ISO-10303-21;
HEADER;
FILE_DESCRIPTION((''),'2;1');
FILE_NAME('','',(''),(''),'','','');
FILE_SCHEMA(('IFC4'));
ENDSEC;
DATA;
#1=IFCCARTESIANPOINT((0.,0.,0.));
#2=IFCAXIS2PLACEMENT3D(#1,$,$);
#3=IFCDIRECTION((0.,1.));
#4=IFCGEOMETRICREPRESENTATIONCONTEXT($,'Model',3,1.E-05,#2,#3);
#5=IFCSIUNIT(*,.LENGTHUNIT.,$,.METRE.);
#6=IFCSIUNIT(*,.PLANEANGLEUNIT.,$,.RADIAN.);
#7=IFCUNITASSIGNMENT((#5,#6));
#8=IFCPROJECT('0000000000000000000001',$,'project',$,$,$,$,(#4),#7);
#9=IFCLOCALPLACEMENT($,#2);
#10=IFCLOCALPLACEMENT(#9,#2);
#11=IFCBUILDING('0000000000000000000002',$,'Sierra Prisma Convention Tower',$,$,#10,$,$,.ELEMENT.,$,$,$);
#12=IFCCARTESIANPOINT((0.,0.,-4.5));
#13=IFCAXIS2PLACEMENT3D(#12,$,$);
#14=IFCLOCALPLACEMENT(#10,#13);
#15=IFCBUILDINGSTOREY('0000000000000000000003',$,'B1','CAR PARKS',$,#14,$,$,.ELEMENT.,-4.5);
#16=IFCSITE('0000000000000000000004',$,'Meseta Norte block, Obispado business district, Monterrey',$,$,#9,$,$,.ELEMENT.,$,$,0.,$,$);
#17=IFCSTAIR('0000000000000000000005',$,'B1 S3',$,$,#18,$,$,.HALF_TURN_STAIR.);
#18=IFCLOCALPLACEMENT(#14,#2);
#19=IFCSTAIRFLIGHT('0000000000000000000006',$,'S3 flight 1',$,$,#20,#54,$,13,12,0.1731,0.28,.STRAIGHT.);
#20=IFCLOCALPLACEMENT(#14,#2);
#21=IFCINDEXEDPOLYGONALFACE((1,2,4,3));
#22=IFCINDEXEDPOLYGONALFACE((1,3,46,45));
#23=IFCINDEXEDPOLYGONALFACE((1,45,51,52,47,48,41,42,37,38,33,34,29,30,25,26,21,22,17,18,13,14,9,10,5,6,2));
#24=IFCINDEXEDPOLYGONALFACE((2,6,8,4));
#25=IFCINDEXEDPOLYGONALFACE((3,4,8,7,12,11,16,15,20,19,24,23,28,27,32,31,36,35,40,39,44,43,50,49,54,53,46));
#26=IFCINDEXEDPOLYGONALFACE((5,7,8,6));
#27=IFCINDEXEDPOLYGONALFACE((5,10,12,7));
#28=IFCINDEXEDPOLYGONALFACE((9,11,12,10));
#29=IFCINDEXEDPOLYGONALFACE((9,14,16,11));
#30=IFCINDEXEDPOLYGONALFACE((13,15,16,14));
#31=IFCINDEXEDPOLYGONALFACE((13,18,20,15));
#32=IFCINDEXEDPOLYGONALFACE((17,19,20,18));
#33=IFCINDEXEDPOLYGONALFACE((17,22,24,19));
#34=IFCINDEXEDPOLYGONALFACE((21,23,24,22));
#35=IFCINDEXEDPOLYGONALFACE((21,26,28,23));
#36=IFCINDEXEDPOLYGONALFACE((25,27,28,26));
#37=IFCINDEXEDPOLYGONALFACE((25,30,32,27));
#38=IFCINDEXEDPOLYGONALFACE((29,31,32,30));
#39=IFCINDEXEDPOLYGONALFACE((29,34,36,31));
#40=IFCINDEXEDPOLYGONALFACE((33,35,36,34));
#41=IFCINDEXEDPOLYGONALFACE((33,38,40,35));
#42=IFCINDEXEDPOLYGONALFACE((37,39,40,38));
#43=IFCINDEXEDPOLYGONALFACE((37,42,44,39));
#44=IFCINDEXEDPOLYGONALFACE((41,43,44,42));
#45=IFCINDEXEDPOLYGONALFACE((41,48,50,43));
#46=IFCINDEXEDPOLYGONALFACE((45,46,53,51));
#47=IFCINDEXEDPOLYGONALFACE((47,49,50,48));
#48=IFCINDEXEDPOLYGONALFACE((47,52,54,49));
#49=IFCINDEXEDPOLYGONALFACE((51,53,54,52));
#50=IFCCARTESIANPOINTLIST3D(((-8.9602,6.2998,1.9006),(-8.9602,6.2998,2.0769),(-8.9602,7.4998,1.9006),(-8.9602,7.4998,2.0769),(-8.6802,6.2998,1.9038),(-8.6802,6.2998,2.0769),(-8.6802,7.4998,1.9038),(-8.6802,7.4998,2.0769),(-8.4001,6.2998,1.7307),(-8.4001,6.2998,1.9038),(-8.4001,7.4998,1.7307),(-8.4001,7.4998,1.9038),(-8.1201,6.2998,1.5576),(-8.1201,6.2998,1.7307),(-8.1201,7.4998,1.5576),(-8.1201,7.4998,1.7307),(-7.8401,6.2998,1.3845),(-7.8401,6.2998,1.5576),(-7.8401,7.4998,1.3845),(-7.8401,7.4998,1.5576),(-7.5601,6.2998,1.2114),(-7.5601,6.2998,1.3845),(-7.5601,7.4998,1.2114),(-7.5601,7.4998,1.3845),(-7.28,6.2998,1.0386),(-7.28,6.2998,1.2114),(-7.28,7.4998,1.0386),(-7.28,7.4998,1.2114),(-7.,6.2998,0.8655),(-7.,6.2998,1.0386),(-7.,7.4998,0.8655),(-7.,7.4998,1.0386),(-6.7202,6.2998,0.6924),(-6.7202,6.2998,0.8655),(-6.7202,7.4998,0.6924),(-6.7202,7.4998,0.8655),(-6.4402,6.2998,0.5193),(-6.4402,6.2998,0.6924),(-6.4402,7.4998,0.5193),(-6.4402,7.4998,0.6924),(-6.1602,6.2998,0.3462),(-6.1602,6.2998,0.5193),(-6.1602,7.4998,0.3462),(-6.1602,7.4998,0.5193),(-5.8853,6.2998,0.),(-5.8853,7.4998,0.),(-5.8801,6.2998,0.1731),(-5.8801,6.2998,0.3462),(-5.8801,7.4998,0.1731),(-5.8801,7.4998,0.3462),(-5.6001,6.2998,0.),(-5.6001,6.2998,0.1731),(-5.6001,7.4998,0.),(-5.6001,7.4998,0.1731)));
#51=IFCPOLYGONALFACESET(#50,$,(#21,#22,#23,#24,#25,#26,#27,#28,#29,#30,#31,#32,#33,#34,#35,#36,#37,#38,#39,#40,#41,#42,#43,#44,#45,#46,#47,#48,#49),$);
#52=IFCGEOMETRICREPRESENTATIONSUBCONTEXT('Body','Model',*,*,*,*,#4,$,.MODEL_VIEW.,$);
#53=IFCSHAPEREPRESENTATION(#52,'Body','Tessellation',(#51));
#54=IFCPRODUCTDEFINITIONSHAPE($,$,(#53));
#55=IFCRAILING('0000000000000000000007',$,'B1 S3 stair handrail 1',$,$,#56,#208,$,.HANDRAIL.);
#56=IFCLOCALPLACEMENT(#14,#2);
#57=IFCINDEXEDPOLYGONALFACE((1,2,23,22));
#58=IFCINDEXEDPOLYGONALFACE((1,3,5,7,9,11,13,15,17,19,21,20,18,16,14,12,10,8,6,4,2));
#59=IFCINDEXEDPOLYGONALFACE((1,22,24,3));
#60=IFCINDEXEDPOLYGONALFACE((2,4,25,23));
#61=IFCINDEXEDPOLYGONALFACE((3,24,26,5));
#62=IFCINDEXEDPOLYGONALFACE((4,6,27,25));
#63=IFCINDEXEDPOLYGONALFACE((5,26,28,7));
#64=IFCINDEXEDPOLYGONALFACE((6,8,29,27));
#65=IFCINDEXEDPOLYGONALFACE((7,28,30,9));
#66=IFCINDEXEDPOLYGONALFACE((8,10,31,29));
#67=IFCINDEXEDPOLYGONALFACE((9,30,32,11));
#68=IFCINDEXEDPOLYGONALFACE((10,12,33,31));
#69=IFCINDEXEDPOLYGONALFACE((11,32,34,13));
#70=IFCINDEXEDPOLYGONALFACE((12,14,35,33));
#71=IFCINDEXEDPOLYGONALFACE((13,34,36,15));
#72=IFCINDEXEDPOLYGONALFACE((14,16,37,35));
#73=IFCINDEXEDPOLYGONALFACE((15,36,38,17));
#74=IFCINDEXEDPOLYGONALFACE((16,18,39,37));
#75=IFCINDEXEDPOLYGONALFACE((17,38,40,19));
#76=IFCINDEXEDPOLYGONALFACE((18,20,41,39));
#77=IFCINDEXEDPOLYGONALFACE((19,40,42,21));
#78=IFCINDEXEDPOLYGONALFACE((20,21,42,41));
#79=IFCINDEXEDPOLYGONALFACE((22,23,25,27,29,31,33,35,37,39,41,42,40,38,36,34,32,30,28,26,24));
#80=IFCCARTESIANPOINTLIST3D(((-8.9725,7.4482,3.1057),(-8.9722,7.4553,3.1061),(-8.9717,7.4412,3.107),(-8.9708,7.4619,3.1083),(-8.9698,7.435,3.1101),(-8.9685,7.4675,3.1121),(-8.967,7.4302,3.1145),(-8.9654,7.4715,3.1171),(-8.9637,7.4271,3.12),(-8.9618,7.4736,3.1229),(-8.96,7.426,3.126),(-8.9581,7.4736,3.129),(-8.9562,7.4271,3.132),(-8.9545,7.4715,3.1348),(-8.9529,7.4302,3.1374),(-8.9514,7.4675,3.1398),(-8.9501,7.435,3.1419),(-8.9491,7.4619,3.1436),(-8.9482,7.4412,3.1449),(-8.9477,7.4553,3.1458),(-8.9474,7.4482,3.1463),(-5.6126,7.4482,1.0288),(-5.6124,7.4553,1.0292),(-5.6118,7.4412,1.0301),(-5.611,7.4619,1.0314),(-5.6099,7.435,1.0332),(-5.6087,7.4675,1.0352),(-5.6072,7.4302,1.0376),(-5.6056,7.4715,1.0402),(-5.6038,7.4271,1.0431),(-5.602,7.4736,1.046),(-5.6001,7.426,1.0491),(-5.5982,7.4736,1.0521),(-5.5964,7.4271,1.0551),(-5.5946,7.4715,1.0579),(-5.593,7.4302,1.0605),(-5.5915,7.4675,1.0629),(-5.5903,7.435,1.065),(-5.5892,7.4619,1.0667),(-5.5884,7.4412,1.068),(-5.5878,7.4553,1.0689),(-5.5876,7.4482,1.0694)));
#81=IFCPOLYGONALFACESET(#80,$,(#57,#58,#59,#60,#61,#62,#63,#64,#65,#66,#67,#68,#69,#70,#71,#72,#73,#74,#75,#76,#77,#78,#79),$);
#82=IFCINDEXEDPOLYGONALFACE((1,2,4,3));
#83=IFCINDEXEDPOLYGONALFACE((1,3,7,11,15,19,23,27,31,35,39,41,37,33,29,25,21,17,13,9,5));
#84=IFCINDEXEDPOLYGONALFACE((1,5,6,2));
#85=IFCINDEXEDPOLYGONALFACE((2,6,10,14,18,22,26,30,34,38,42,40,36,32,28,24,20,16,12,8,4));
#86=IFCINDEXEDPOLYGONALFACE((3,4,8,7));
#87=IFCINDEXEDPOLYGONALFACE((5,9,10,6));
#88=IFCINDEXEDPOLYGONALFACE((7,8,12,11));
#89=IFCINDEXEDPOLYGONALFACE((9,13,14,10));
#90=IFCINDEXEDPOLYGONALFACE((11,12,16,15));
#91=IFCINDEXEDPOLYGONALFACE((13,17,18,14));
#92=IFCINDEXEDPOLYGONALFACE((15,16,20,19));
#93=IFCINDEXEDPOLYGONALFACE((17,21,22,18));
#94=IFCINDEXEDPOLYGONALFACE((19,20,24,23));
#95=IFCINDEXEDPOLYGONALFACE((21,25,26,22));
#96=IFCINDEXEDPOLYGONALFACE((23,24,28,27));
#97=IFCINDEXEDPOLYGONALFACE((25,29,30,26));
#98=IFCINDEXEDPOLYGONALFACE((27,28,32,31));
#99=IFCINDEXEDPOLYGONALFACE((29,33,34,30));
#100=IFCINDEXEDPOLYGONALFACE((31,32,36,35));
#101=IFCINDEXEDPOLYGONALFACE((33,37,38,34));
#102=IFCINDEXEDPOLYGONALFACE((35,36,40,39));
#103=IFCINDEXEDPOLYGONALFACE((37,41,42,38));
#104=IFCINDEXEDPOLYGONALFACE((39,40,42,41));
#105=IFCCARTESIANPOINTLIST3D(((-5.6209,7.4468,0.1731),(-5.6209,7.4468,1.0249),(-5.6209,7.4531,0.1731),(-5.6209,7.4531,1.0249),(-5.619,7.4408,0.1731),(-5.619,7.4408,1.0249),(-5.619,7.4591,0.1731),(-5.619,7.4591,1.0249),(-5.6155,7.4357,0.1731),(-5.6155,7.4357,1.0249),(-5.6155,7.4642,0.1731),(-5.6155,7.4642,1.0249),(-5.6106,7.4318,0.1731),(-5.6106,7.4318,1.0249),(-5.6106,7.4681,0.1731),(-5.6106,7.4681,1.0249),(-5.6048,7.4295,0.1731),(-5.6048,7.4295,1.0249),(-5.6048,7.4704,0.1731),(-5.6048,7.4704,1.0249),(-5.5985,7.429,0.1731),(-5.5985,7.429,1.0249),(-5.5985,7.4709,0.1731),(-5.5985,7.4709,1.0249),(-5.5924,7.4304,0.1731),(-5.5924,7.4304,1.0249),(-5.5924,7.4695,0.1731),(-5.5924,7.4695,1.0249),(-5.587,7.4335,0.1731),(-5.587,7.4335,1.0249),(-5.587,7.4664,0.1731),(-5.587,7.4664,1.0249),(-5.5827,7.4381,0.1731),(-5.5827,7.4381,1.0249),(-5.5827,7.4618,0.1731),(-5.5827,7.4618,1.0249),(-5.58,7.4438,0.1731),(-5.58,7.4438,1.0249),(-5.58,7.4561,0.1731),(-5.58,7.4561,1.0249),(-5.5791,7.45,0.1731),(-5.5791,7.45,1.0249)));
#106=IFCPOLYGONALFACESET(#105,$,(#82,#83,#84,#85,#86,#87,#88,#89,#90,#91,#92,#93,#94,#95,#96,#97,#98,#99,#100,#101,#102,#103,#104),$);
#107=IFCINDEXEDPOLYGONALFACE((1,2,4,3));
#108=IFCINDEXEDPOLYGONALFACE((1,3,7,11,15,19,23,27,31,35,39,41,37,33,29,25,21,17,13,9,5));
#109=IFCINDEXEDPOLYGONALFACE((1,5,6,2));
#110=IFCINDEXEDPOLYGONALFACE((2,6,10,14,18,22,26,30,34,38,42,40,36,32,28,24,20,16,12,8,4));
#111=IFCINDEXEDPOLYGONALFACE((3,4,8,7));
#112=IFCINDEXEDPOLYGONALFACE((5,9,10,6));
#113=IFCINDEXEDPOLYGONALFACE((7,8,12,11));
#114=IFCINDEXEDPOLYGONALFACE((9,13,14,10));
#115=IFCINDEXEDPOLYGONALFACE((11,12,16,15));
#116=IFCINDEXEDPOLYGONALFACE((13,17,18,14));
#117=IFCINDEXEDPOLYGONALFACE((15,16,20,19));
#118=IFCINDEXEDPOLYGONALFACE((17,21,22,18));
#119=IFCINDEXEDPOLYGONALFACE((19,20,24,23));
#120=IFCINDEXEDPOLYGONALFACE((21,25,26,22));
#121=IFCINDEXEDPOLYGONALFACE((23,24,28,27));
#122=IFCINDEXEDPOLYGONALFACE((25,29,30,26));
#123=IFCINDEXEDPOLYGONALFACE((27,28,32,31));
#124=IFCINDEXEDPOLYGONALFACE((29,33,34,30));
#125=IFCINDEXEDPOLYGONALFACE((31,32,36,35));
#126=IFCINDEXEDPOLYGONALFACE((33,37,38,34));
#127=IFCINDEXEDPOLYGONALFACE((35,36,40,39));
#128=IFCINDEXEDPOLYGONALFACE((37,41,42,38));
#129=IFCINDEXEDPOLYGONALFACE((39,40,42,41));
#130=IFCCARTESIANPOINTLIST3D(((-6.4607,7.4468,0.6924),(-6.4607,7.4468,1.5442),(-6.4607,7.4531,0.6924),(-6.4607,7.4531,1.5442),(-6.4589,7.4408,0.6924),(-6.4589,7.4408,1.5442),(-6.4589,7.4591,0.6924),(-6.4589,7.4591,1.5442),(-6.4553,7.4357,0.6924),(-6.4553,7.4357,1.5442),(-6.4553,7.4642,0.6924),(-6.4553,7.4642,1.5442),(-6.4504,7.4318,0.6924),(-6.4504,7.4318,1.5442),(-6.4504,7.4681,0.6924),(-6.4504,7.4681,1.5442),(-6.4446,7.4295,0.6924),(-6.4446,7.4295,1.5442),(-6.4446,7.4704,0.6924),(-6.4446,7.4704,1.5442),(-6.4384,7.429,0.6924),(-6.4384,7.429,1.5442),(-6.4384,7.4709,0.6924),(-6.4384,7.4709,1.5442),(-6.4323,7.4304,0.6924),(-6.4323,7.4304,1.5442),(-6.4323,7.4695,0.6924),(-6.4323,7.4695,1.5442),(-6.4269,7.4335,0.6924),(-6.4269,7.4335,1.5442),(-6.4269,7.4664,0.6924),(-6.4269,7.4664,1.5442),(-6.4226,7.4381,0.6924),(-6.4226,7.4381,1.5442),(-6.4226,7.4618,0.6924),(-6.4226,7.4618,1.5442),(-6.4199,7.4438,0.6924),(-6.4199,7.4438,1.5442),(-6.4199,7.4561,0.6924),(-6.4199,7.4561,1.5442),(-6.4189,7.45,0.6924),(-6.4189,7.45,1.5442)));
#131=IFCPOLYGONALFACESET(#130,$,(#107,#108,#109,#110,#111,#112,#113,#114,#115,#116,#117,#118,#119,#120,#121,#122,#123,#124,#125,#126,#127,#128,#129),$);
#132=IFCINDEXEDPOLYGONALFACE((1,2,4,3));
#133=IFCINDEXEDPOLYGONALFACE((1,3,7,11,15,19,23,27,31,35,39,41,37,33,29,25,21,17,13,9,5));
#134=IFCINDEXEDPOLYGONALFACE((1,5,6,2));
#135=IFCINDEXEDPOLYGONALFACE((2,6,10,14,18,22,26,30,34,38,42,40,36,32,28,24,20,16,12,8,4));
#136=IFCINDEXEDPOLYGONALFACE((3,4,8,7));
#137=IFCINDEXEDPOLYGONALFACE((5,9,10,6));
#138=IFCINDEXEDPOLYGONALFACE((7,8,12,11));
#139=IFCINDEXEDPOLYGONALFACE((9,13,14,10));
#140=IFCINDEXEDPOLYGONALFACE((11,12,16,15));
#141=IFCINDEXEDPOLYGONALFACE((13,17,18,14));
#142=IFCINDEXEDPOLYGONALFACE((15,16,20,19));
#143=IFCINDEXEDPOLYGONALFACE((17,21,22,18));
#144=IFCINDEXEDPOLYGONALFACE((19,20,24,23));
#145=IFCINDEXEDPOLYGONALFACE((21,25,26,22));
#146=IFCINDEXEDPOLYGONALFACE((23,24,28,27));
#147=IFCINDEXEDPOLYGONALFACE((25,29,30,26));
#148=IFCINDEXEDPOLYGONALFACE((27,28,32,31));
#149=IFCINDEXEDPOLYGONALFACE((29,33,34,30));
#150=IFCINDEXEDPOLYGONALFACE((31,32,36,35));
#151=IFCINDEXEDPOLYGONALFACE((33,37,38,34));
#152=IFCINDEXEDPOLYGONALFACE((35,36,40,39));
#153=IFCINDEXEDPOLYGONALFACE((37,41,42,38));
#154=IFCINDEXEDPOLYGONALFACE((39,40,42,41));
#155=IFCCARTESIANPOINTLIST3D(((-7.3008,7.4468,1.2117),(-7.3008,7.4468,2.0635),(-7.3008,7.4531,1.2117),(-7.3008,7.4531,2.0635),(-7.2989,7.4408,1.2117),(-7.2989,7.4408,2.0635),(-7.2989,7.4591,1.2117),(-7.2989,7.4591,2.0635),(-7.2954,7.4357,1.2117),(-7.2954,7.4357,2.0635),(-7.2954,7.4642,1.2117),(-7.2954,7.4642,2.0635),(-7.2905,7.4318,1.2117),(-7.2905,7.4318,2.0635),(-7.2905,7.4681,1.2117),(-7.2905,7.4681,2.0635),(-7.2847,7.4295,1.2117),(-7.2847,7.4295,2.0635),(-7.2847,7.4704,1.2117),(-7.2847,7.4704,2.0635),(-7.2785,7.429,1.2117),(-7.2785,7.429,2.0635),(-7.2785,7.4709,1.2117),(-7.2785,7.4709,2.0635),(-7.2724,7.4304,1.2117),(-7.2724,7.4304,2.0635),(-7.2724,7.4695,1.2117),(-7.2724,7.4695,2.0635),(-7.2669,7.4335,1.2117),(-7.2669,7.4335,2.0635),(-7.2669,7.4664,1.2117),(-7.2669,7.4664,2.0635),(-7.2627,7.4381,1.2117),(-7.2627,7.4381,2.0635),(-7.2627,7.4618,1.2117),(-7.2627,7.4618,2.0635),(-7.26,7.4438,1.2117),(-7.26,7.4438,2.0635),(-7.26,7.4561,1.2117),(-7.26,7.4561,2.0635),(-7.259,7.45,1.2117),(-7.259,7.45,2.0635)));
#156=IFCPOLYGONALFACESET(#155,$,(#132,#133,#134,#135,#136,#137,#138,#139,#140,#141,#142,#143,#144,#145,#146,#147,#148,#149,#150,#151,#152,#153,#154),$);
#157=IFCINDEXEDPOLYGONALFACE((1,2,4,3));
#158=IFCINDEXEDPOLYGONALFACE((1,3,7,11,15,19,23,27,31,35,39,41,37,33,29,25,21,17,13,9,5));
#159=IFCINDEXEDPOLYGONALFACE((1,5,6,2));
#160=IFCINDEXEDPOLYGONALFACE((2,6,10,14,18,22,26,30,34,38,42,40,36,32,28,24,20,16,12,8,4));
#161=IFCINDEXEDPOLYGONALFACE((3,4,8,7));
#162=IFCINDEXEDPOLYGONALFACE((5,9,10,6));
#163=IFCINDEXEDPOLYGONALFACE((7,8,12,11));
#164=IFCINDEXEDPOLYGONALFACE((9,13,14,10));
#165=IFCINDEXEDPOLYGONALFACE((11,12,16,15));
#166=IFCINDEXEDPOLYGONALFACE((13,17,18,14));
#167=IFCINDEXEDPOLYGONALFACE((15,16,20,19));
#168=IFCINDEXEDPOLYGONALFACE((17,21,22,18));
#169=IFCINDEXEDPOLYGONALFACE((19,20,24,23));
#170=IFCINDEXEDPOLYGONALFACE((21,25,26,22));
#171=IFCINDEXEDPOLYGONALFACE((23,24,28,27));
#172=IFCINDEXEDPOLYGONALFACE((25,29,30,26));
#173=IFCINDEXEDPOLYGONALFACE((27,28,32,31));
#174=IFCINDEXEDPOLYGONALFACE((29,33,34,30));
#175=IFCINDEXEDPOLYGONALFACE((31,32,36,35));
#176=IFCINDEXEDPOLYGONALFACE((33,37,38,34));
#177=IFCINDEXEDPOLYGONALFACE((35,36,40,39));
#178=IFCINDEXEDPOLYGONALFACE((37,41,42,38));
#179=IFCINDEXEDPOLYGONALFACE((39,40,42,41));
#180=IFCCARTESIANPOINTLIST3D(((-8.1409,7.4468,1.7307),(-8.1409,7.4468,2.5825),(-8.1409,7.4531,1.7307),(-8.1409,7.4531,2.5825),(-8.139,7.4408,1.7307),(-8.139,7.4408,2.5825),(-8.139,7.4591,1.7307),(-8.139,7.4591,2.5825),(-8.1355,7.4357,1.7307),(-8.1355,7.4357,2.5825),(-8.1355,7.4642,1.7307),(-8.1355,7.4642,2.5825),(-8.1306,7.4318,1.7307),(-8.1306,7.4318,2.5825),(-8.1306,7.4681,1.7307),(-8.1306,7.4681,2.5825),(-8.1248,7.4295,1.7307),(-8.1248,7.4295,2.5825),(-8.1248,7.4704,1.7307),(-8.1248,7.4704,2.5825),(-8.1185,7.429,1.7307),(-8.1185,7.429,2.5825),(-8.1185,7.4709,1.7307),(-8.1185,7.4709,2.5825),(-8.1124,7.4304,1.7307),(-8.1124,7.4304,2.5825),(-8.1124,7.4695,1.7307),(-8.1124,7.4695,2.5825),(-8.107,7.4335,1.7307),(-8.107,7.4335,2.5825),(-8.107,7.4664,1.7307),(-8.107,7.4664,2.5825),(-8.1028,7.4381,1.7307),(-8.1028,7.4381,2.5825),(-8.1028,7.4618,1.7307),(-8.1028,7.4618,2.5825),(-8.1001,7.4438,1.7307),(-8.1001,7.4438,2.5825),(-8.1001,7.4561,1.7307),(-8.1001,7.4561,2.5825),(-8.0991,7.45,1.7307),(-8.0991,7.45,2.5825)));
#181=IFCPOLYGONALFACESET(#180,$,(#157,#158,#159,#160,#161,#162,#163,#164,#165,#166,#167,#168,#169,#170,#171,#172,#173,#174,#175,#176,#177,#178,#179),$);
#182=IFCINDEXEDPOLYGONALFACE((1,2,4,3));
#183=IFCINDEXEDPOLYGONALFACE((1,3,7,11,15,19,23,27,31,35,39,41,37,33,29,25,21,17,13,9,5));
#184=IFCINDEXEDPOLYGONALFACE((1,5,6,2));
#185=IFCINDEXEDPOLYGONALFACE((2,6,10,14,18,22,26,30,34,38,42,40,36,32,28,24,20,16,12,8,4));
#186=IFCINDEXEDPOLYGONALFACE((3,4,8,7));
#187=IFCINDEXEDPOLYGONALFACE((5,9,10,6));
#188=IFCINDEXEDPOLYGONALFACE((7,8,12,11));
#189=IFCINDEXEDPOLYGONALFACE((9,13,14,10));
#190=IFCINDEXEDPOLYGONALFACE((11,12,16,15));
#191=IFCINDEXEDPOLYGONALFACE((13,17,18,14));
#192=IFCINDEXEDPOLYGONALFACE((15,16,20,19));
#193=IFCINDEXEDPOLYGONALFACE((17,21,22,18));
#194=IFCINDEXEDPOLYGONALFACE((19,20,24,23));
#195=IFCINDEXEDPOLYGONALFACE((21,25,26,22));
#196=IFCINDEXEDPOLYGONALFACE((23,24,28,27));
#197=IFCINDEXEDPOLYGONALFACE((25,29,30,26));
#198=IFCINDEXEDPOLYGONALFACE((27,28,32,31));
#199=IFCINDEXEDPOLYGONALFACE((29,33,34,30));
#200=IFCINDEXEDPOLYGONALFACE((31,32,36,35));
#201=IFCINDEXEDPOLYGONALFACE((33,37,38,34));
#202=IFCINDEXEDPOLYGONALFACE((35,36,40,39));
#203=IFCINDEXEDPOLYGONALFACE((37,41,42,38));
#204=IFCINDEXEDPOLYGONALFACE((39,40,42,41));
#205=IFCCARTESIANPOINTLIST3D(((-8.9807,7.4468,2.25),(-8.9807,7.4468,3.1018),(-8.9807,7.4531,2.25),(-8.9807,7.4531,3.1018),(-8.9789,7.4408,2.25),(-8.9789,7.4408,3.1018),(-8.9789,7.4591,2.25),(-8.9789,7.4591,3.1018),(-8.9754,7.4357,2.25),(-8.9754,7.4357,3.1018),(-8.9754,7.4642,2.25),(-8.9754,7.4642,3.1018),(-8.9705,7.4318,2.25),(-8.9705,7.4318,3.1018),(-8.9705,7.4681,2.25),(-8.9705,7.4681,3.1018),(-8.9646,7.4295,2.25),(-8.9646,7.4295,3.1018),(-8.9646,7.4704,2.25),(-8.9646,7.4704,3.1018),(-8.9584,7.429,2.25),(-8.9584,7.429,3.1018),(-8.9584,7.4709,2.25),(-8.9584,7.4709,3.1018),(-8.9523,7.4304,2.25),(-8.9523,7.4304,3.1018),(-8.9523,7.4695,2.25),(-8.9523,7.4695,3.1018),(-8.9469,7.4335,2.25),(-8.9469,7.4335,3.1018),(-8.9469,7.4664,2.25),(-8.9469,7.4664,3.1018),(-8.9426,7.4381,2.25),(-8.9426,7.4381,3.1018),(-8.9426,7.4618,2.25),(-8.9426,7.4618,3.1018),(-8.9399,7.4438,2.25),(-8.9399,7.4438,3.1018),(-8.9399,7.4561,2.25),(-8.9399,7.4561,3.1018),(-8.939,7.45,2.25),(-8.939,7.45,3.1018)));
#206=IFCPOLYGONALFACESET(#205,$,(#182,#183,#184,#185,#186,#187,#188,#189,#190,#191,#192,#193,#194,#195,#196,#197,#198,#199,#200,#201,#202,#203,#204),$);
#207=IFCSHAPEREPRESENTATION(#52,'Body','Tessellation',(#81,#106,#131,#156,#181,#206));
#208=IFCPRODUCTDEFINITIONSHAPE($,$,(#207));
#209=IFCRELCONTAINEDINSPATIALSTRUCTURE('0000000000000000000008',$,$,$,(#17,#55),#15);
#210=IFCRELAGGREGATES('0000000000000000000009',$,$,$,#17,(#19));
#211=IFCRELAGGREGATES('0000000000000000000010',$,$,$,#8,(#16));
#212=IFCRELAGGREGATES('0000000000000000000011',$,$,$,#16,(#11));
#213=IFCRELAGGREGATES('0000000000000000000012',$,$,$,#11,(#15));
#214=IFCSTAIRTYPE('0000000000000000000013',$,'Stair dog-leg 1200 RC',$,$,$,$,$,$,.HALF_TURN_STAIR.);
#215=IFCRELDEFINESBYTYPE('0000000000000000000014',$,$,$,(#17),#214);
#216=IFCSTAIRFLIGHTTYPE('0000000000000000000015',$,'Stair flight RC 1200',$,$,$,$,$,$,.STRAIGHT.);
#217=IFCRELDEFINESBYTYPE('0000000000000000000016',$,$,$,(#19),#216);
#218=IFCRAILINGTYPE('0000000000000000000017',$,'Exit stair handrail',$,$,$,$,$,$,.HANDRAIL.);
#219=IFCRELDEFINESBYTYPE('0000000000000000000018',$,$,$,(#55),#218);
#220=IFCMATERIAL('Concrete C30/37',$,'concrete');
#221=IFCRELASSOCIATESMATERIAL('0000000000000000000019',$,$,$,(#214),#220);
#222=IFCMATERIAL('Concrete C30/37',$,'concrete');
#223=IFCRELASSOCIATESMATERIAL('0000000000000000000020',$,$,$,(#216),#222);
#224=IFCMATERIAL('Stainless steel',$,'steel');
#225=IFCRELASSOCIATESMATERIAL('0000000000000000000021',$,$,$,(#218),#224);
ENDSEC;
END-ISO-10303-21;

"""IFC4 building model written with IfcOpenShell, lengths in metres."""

from ifc_helpers import new_model, si_unit, direction, frame, origin, origin_2d, place, context, subcontext, project, spatial, polyline, circle, outline, extrude, material, type_object, element, aggregate, save


model = new_model("IFC4")

# Units and contexts
model_context = context("Model", 3, precision=1e-05, world=origin(), true_north=direction((0.0, 1.0)))
body_context = subcontext(model_context, "Body", "Model", "MODEL_VIEW")
ifc_project = project(units=[si_unit("LENGTHUNIT", "METRE"), si_unit("PLANEANGLEUNIT", "RADIAN")], contexts=[model_context])

# Site, building, storey
site_placement = place(None, origin())
site = spatial("IfcSite", under=ifc_project, at=site_placement, Name="Meseta Norte block, Obispado business district, Monterrey", CompositionType="ELEMENT", RefElevation=0.0)
building_placement = place(site_placement, origin())
building = spatial("IfcBuilding", under=site, at=building_placement, Name="Sierra Prisma Convention Tower", CompositionType="ELEMENT")
storey_placement = place(building_placement, frame((0.0, 0.0, -4.5)))
storey = spatial("IfcBuildingStorey", under=building, at=storey_placement, Name="B1", Description="CAR PARKS", CompositionType="ELEMENT", Elevation=-4.5)

# Stair, stair flight
ifc_material_1 = material(Name="Concrete C30/37", Category="concrete")
stair_type = type_object("IfcStairType", Name="Stair dog-leg 1200 RC", PredefinedType="HALF_TURN_STAIR", material=ifc_material_1)
stair_placement = place(storey_placement, origin())
stair = element("IfcStair", 1, at=stair_placement, inside=storey, type_object=stair_type, Name="B1 S3", PredefinedType="HALF_TURN_STAIR")
ifc_material_2 = material(Name="Concrete C30/37", Category="concrete")
stair_flight_type = type_object("IfcStairFlightType", Name="Stair flight RC 1200", PredefinedType="STRAIGHT", material=ifc_material_2)
stair_flight_placement = place(storey_placement, frame((-5.6001, 6.8999, 0.0), z_axis=(0.0, 0.0, 1.0), x_axis=(-1.0, 0.0, 0.0)))
stair_flight = element("IfcStairFlight", 2, at=stair_flight_placement, type_object=stair_flight_type, Name="S3 flight 1", NumberOfRisers=13, NumberOfTreads=12, PredefinedType="STRAIGHT", RiserHeight=0.1731, TreadLength=0.28, context=body_context, shape_type="SweptSolid", body=[
    extrude(outline(polyline([(0.0, 0.0), (0.0, 0.1731), (0.28, 0.1731), (0.28, 0.3462), (0.5601, 0.3462), (0.5601, 0.5193), (0.8401, 0.5193), (0.8401, 0.6924), (1.1201, 0.6924), (1.1201, 0.8655), (1.3999, 0.8655), (1.3999, 1.0386), (1.6799, 1.0386), (1.6799, 1.2114), (1.96, 1.2114), (1.96, 1.3845), (2.24, 1.3845), (2.24, 1.5576), (2.52, 1.5576), (2.52, 1.7307), (2.8, 1.7307), (2.8, 1.9038), (3.0801, 1.9038), (3.0801, 2.0769), (3.3601, 2.0769), (3.3601, 2.25), (3.3601, 1.9006), (0.2852, 0.0), (0.0, 0.0)])), frame((0.0, 0.6001, 0.0), z_axis=(0.0, -1.0, 0.0), x_axis=(1.0, 0.0, 0.0)), (0.0, 0.0, 1.0), 1.2),
])
aggregate(stair, [stair_flight])

# Railing
ifc_material_3 = material(Name="Stainless steel", Category="steel")
railing_type_1 = type_object("IfcRailingType", Name="Exit stair handrail", PredefinedType="HANDRAIL", material=ifc_material_3)
railing_1_placement = place(storey_placement, frame((-5.6001, 7.45, 0.1731)))
element("IfcRailing", 3, at=railing_1_placement, inside=storey, type_object=railing_type_1, Name="B1 S3 stair handrail 1", PredefinedType="HANDRAIL", context=body_context, shape_type="SweptSolid", body=[
    extrude(circle(Radius=0.0239, at=origin_2d()), frame((0.0, 0.0, 0.876), z_axis=(-0.850606, 0.0, 0.525803), x_axis=(0.0, -1.0, 0.0)), (0.0, 0.0, 1.0), 3.95),
    extrude(circle(Radius=0.021, at=origin_2d()), origin(), (0.0, 0.0, 1.0), 0.8518),
    extrude(circle(Radius=0.021, at=origin_2d()), frame((-0.8398, 0.0, 0.5193)), (0.0, 0.0, 1.0), 0.8518),
    extrude(circle(Radius=0.021, at=origin_2d()), frame((-1.6799, 0.0, 1.0386)), (0.0, 0.0, 1.0), 0.8518),
    extrude(circle(Radius=0.021, at=origin_2d()), frame((-2.52, 0.0, 1.5576)), (0.0, 0.0, 1.0), 0.8518),
    extrude(circle(Radius=0.021, at=origin_2d()), frame((-3.3599, 0.0, 2.0769)), (0.0, 0.0, 1.0), 0.8518),
])

save(model, "model.ifc")
